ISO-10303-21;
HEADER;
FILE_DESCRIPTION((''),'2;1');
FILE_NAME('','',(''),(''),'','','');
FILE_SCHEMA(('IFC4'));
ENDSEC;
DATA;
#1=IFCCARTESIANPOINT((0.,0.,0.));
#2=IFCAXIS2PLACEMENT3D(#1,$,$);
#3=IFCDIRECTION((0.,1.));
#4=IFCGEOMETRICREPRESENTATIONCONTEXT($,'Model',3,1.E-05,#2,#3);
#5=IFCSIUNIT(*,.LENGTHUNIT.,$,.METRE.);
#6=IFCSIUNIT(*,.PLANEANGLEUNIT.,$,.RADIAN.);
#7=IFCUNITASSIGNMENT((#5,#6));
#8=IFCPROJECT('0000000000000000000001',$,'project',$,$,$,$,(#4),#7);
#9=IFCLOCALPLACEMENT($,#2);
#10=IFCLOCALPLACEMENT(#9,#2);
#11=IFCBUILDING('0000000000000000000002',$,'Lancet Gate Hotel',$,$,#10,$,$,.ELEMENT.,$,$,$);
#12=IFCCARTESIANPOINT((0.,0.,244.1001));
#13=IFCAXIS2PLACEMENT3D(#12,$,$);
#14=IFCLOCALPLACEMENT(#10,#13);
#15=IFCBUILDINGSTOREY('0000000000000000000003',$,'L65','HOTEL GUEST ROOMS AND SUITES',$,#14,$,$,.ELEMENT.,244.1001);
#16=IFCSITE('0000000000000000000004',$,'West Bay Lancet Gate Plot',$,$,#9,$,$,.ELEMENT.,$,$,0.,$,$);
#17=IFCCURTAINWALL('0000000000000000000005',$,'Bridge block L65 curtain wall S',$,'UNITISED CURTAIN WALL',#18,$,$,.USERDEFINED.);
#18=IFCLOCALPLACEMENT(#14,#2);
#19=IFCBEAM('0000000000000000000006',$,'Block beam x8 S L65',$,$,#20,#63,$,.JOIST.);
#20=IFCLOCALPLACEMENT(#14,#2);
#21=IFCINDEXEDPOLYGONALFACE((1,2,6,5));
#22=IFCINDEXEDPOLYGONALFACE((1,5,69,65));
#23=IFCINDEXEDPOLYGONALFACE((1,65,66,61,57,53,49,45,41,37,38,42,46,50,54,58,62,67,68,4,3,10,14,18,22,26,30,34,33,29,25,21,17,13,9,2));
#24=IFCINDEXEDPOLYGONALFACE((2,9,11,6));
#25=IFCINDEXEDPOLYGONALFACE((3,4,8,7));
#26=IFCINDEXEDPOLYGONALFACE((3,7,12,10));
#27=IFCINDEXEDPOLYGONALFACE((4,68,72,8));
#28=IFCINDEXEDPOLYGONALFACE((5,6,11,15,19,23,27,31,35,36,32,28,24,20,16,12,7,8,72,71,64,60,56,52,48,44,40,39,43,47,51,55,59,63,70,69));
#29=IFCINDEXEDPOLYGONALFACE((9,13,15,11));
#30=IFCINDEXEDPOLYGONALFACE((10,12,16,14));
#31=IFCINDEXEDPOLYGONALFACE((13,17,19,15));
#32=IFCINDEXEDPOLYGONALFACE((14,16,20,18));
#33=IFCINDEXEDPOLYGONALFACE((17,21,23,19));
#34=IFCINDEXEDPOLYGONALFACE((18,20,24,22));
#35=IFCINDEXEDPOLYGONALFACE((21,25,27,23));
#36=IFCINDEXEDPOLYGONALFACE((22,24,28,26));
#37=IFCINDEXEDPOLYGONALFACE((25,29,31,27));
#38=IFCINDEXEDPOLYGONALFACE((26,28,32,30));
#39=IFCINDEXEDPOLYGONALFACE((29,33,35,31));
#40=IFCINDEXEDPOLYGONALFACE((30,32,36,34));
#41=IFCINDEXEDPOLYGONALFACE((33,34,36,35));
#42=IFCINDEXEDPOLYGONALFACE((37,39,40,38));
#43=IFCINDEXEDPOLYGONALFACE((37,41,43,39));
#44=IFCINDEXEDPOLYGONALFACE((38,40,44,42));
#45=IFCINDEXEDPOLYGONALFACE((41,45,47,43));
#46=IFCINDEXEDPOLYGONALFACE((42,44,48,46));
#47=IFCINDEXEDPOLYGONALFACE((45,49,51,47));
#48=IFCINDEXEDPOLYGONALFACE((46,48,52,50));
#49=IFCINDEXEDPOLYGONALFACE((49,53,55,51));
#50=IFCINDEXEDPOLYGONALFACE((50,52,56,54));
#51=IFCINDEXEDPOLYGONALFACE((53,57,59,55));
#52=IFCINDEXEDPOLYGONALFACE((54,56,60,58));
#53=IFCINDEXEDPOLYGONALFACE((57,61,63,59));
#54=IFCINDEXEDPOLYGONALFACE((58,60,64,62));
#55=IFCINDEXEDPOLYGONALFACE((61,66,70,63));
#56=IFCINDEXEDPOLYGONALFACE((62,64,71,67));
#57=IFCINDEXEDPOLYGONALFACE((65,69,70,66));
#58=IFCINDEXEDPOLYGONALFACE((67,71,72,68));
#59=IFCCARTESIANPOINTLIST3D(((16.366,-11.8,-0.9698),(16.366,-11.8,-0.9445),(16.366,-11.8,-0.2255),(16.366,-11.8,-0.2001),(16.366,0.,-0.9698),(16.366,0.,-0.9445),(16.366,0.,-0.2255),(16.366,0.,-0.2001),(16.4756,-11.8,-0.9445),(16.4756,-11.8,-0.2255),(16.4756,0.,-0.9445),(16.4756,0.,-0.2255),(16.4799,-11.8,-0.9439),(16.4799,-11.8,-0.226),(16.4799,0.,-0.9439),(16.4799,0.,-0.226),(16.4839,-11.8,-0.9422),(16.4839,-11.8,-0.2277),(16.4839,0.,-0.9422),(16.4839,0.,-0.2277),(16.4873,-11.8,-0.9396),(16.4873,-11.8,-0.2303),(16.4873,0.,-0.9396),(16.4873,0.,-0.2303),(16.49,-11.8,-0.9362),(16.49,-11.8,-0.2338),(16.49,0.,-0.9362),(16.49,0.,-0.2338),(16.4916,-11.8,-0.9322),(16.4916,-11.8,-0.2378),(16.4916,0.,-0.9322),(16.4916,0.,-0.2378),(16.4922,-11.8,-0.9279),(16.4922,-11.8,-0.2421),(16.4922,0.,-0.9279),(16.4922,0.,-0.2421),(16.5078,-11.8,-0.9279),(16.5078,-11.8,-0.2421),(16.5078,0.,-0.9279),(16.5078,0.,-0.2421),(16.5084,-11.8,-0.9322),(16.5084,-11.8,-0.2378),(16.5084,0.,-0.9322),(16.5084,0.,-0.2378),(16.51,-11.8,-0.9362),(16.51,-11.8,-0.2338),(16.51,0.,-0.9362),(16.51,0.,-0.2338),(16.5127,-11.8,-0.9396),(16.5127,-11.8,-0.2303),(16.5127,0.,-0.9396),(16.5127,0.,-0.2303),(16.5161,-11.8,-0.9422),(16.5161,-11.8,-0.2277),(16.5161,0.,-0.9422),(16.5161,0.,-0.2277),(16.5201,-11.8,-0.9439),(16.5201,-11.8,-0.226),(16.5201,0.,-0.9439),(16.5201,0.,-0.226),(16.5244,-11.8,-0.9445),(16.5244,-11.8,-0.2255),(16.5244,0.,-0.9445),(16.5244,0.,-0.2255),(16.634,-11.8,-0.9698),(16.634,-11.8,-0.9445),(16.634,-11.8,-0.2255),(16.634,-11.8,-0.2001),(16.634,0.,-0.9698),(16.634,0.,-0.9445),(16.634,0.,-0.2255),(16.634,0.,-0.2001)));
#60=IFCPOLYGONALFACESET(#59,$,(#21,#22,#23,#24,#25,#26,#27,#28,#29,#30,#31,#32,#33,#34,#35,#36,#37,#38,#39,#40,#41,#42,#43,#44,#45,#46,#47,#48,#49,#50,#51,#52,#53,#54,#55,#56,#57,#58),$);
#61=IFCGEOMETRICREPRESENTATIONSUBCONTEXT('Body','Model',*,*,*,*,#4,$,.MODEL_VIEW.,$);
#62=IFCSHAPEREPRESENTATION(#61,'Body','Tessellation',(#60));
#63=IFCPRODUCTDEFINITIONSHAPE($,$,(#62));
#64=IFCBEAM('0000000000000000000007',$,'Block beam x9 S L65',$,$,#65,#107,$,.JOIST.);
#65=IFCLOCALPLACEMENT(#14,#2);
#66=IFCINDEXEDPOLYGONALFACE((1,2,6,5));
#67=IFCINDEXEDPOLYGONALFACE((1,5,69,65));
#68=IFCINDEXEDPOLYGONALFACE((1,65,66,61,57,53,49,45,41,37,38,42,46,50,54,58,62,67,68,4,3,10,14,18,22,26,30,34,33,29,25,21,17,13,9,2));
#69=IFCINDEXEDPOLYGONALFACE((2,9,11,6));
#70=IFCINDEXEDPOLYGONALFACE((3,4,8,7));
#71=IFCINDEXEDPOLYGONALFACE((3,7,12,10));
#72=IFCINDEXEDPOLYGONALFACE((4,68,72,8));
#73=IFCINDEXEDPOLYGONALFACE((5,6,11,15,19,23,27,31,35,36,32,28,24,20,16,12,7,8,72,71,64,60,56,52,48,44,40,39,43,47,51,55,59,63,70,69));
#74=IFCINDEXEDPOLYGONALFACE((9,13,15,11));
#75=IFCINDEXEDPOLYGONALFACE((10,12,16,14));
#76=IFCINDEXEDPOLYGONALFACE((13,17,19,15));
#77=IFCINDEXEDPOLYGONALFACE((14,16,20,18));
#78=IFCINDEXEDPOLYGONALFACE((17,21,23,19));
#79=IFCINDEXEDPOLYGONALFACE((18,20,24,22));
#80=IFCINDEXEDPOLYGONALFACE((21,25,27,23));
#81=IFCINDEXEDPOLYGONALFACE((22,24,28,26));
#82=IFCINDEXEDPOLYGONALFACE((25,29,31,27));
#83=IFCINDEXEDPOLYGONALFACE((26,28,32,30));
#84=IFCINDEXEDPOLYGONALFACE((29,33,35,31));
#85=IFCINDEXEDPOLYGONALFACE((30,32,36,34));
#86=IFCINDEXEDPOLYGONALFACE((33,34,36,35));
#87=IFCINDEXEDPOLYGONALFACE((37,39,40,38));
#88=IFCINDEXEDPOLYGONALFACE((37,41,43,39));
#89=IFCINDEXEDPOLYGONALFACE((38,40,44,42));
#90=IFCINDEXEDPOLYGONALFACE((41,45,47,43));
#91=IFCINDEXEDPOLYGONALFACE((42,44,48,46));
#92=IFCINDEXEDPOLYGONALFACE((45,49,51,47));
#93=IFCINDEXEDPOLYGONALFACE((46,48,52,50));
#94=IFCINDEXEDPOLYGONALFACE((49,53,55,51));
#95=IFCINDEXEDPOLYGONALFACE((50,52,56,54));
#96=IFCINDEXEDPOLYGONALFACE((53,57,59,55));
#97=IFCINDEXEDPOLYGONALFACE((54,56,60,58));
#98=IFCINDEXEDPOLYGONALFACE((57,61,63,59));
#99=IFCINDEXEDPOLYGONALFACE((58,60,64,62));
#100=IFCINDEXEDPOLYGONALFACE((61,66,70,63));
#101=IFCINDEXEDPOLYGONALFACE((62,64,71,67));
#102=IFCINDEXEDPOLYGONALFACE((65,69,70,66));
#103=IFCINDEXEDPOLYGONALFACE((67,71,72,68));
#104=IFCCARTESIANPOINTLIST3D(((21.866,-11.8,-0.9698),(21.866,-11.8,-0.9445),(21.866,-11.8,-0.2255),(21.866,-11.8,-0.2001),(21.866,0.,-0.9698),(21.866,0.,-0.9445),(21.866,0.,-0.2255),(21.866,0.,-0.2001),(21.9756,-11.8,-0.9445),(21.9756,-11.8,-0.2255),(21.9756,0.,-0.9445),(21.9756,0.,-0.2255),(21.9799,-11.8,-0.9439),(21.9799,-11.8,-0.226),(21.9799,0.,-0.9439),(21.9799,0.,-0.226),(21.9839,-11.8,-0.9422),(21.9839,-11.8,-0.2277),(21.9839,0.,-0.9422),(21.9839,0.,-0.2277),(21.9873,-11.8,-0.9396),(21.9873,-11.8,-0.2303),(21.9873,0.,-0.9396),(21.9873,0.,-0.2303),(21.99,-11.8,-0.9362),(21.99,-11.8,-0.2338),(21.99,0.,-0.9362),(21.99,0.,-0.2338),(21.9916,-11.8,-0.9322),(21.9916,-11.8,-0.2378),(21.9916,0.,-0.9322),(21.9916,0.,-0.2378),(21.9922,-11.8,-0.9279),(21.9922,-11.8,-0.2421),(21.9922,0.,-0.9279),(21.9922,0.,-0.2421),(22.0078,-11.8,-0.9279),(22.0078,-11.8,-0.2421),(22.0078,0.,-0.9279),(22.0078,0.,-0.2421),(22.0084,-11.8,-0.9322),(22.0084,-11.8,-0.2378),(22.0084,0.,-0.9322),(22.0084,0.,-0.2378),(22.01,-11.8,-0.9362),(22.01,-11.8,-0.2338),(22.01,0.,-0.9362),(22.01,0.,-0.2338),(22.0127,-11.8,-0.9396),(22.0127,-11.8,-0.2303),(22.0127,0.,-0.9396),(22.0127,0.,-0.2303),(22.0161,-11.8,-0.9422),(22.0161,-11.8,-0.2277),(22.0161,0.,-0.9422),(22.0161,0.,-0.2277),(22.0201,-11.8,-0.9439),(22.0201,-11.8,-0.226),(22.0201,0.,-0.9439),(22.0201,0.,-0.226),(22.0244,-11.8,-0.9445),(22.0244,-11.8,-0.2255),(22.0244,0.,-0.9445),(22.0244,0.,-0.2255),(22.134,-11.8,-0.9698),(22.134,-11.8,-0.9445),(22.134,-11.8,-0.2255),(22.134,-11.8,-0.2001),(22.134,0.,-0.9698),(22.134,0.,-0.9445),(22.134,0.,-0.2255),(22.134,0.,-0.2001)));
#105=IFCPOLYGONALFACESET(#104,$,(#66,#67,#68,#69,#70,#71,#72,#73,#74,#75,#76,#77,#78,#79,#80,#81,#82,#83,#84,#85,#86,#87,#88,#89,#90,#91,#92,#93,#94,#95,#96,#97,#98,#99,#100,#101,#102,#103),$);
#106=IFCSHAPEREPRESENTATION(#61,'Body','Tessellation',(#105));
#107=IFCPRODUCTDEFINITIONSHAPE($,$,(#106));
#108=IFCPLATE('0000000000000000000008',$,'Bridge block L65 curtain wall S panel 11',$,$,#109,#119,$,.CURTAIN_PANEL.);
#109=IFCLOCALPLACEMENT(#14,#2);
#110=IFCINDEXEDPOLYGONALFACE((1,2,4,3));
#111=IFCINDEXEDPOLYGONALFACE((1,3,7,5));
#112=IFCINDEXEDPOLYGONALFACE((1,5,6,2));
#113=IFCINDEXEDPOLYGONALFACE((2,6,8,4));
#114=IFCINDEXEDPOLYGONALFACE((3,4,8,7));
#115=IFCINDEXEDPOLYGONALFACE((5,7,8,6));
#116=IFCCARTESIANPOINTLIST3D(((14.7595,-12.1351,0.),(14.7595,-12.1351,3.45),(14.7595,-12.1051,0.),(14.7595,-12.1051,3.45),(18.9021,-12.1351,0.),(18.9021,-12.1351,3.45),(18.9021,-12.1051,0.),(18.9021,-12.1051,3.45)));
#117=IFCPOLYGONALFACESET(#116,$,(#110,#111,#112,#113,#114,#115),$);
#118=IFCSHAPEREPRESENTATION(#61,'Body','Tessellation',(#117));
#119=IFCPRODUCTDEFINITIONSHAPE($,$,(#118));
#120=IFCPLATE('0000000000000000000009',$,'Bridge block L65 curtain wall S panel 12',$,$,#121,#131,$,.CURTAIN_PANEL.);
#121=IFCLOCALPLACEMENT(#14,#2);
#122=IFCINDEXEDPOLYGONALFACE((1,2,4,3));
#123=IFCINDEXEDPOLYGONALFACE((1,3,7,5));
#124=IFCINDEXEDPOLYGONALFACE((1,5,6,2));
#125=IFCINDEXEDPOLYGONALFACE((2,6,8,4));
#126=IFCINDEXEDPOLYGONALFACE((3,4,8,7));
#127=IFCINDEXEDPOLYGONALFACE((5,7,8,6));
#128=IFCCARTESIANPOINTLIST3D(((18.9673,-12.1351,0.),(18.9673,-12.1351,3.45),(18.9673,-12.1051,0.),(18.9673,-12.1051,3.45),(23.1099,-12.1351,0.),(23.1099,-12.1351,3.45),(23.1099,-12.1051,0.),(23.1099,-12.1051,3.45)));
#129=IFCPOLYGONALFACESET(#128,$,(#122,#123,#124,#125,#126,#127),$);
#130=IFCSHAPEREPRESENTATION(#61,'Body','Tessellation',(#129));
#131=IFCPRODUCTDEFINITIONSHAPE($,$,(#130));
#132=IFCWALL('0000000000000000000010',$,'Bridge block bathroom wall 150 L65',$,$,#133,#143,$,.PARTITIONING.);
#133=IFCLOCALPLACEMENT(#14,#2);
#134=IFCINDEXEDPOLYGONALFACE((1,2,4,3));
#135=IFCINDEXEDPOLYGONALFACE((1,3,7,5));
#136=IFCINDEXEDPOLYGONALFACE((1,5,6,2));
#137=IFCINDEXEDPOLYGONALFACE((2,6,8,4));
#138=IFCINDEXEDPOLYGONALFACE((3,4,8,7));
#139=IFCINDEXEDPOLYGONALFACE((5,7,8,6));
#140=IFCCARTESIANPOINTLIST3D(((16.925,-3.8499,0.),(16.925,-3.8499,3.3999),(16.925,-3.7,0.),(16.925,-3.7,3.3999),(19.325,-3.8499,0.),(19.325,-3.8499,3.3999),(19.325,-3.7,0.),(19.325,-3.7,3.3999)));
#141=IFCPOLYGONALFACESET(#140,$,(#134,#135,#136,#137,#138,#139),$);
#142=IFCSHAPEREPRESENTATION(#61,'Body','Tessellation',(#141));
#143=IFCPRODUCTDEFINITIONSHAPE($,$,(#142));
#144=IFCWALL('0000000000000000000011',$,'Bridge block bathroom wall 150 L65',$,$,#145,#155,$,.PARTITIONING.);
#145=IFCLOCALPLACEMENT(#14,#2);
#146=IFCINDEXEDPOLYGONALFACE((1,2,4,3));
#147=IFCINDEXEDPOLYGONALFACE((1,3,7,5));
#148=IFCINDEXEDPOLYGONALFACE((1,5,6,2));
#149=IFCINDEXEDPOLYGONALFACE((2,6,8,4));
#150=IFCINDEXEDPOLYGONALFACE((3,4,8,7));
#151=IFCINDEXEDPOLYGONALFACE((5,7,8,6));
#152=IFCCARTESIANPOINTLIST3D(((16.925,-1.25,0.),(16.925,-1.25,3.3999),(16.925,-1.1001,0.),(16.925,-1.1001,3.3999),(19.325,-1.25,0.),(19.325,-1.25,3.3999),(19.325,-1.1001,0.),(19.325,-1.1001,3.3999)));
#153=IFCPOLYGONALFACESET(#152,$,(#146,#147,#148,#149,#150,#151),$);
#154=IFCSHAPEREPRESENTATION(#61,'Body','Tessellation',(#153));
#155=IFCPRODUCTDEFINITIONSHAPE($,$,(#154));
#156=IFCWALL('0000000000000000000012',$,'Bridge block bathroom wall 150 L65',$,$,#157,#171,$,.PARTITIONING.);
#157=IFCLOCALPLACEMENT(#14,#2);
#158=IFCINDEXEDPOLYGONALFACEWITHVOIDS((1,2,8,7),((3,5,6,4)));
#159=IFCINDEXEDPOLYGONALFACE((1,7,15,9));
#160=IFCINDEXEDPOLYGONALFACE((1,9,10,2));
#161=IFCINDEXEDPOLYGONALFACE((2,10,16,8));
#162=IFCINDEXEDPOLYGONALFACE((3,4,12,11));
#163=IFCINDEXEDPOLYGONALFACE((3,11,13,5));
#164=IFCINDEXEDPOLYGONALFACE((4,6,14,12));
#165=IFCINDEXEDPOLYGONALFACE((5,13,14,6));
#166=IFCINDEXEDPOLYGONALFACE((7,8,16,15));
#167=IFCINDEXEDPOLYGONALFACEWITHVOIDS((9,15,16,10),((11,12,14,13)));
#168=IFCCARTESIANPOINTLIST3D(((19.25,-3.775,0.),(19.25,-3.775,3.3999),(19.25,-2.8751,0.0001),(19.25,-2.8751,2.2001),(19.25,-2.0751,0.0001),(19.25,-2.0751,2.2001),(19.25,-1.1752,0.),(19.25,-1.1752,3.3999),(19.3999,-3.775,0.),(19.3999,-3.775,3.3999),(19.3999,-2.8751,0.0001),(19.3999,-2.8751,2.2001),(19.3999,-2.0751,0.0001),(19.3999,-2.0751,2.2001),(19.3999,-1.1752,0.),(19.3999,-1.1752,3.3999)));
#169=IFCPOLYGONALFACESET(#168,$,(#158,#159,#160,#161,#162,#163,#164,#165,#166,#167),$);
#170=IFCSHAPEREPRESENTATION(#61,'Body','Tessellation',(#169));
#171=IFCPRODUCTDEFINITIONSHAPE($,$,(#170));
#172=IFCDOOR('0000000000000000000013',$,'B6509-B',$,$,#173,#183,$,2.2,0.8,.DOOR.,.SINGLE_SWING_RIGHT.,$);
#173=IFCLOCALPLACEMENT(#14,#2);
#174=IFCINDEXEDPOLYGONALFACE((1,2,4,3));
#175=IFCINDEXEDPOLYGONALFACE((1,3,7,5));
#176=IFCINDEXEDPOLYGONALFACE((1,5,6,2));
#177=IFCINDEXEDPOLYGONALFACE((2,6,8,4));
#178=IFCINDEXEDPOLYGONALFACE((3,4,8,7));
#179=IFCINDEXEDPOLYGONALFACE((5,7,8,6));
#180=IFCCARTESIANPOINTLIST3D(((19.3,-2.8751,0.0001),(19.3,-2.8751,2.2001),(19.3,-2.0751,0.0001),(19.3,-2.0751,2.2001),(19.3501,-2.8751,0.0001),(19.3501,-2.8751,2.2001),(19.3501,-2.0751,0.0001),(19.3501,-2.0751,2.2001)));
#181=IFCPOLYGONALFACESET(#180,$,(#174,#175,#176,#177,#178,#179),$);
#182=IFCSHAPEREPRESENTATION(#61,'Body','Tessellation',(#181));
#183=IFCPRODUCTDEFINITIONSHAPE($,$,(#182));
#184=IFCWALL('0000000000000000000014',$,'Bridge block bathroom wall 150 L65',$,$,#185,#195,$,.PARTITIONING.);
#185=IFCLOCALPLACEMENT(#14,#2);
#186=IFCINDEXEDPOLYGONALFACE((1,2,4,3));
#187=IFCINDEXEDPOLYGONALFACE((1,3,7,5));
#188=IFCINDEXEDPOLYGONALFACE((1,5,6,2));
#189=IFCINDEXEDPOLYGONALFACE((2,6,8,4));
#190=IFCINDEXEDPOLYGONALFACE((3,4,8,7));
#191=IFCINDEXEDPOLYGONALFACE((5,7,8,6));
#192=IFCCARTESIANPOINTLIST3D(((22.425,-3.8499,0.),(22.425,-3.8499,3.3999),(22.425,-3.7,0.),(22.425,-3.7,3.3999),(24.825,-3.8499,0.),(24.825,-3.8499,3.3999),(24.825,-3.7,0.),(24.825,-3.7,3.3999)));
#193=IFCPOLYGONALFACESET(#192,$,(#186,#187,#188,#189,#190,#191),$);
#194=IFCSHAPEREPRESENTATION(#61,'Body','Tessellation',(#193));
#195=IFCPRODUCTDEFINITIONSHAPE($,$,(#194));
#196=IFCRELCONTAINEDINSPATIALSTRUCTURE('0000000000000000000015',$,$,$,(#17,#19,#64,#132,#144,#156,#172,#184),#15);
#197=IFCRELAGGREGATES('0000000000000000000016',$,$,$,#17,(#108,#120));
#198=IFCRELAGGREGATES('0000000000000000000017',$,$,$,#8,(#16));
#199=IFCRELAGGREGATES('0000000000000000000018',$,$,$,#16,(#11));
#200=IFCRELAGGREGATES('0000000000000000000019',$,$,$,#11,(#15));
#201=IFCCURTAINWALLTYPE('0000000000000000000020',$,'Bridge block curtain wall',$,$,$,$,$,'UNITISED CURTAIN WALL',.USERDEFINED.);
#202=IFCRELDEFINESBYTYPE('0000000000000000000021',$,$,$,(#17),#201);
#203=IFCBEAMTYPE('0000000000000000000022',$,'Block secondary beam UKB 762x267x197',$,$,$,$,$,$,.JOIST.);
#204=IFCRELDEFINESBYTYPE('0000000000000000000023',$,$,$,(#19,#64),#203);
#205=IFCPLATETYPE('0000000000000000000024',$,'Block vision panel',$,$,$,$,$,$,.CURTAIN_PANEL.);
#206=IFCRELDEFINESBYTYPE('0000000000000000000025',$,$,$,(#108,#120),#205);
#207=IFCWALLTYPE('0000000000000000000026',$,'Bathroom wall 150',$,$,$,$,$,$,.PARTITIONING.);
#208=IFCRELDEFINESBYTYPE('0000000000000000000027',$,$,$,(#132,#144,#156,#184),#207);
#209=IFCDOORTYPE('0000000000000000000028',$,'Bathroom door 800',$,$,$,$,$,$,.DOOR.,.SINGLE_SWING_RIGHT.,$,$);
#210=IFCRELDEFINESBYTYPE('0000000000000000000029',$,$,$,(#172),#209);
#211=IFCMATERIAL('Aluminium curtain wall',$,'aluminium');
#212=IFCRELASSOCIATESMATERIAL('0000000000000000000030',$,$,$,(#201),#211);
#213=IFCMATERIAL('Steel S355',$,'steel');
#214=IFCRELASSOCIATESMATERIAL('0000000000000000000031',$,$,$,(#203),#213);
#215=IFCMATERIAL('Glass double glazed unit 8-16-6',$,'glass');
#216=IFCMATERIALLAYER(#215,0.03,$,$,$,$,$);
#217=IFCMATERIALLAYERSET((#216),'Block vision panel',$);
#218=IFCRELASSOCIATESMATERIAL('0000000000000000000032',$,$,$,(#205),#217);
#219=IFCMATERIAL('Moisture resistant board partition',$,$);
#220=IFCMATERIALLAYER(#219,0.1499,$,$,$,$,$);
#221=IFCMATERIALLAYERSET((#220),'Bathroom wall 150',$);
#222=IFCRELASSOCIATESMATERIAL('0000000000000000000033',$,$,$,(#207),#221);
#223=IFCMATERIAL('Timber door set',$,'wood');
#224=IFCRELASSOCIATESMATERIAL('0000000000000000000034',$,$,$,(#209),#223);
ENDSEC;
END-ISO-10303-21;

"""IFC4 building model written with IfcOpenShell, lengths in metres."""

from ifc_helpers import new_model, si_unit, direction, frame, frame_2d, origin, origin_2d, place, context, subcontext, project, spatial, rectangle, i_section, extrude, material, layer, layer_set, material_profile, profile_set, type_object, element, fill, aggregate, save


model = new_model("IFC4")

# Units and contexts
model_context = context("Model", 3, precision=1e-05, world=origin(), true_north=direction((0.0, 1.0)))
body_context = subcontext(model_context, "Body", "Model", "MODEL_VIEW")
ifc_project = project(units=[si_unit("LENGTHUNIT", "METRE"), si_unit("PLANEANGLEUNIT", "RADIAN")], contexts=[model_context])

# Site, building, storey
site_placement = place(None, origin())
site = spatial("IfcSite", under=ifc_project, at=site_placement, Name="West Bay Lancet Gate Plot", CompositionType="ELEMENT", RefElevation=0.0)
building_placement = place(site_placement, origin())
building = spatial("IfcBuilding", under=site, at=building_placement, Name="Lancet Gate Hotel", CompositionType="ELEMENT")
storey_placement = place(building_placement, frame((0.0, 0.0, 244.1001)))
storey = spatial("IfcBuildingStorey", under=building, at=storey_placement, Name="L65", Description="HOTEL GUEST ROOMS AND SUITES", CompositionType="ELEMENT", Elevation=244.1001)

# Curtain wall
ifc_material_1 = material(Name="Aluminium curtain wall", Category="aluminium")
curtain_wall_type = type_object("IfcCurtainWallType", Name="Bridge block curtain wall", ElementType="UNITISED CURTAIN WALL", PredefinedType="USERDEFINED", material=ifc_material_1)
curtain_wall_placement = place(storey_placement, origin())
curtain_wall = element("IfcCurtainWall", 1, at=curtain_wall_placement, inside=storey, type_object=curtain_wall_type, Name="Bridge block L65 curtain wall S", ObjectType="UNITISED CURTAIN WALL", PredefinedType="USERDEFINED")

# Beams
ifc_material_2 = material(Name="Steel S355", Category="steel")
ifc_material_profile_1 = material_profile(ifc_material_2, i_section(OverallWidth=0.2681, OverallDepth=0.7698, WebThickness=0.0156, FlangeThickness=0.0254, FilletRadius=0.0166, at=origin_2d()), Name="UKB 762x267x197")
ifc_profile_set_1 = profile_set([ifc_material_profile_1], Name="Steel S355")
beam_type_1 = type_object("IfcBeamType", Name="Block secondary beam UKB 762x267x197", PredefinedType="JOIST", material=ifc_profile_set_1)
for number, where, z_axis, x_axis, name in (
    (2, (16.5, -11.8, -0.585), (0.0, 1.0, 0.0), (-1.0, 0.0, 0.0), "Block beam x8 S L65"),
    (3, (22.0, -11.8, -0.585), (0.0, 1.0, 0.0), (-1.0, 0.0, 0.0), "Block beam x9 S L65"),
):
    element("IfcBeam", number, at=place(storey_placement, frame(where, z_axis=z_axis, x_axis=x_axis)), inside=storey, type_object=beam_type_1, Name=name, PredefinedType="JOIST", context=body_context, shape_type="SweptSolid", body=[
        extrude(i_section(OverallWidth=0.2681, OverallDepth=0.7698, WebThickness=0.0156, FlangeThickness=0.0254, FilletRadius=0.0166, at=origin_2d()), origin(), (0.0, 0.0, 1.0), 11.8),
    ])

# Plates
ifc_material_3 = material(Name="Glass double glazed unit 8-16-6", Category="glass")
ifc_layer_1 = layer(ifc_material_3, 0.03)
ifc_layer_set_1 = layer_set([ifc_layer_1], Name="Block vision panel")
plate_type = type_object("IfcPlateType", Name="Block vision panel", PredefinedType="CURTAIN_PANEL", material=ifc_layer_set_1)
plate_1_placement = place(storey_placement, frame((16.8308, -12.1201, 0.0), z_axis=(0.0, 0.0, 1.0), x_axis=(1.0, 0.0, 0.0)))
plate_1 = element("IfcPlate", 4, at=plate_1_placement, type_object=plate_type, Name="Bridge block L65 curtain wall S panel 11", PredefinedType="CURTAIN_PANEL", context=body_context, shape_type="SweptSolid", body=[
    extrude(rectangle(XDim=4.1426, YDim=0.03, at=origin_2d()), origin(), (0.0, 0.0, 1.0), 3.45),
])
plate_2_placement = place(storey_placement, frame((21.0386, -12.1201, 0.0), z_axis=(0.0, 0.0, 1.0), x_axis=(1.0, 0.0, 0.0)))
plate_2 = element("IfcPlate", 5, at=plate_2_placement, type_object=plate_type, Name="Bridge block L65 curtain wall S panel 12", PredefinedType="CURTAIN_PANEL", context=body_context, shape_type="SweptSolid", body=[
    extrude(rectangle(XDim=4.1426, YDim=0.03, at=origin_2d()), origin(), (0.0, 0.0, 1.0), 3.45),
])
aggregate(curtain_wall, [plate_1, plate_2])

# Walls
ifc_material_4 = material(Name="Moisture resistant board partition")
ifc_layer_2 = layer(ifc_material_4, 0.1499)
ifc_layer_set_2 = layer_set([ifc_layer_2], Name="Bathroom wall 150")
wall_type_1 = type_object("IfcWallType", Name="Bathroom wall 150", PredefinedType="PARTITIONING", material=ifc_layer_set_2)
for number, where, z_axis, x_axis, name in (
    (6, (16.925, -3.7749, 0.0), (0.0, 0.0, 1.0), (1.0, 0.0, 0.0), "Bridge block bathroom wall 150 L65"),
    (7, (16.925, -1.175, 0.0), (0.0, 0.0, 1.0), (1.0, 0.0, 0.0), "Bridge block bathroom wall 150 L65"),
):
    element("IfcWall", number, at=place(storey_placement, frame(where, z_axis=z_axis, x_axis=x_axis)), inside=storey, type_object=wall_type_1, Name=name, PredefinedType="PARTITIONING", context=body_context, shape_type="SweptSolid", body=[
        extrude(rectangle(XDim=2.3999, YDim=0.1499, at=frame_2d((1.2, 0.0))), origin(), (0.0, 0.0, 1.0), 3.3999),
    ])

# Wall, opening, door
wall_1_placement = place(storey_placement, frame((19.325, -3.7749, 0.0), z_axis=(0.0, 0.0, 1.0), x_axis=(0.0, 1.0, 0.0)))
wall_1 = element("IfcWall", 8, at=wall_1_placement, inside=storey, type_object=wall_type_1, Name="Bridge block bathroom wall 150 L65", PredefinedType="PARTITIONING", context=body_context, shape_type="SweptSolid", body=[
    extrude(rectangle(XDim=2.5999, YDim=0.1499, at=frame_2d((1.2998, 0.0))), origin(), (0.0, 0.0, 1.0), 3.3999),
])
opening_placement = place(wall_1_placement, frame((0.8999, 0.0, 0.0)))
opening = element("IfcOpeningElement", 9, at=opening_placement, cuts=wall_1, PredefinedType="OPENING", context=body_context, shape_type="SweptSolid", body=[
    extrude(rectangle(XDim=0.8, YDim=2.2, at=frame_2d((0.3999, 1.1001))), frame((0.0, 0.085, 0.0), z_axis=(0.0, -1.0, 0.0), x_axis=(1.0, 0.0, 0.0)), (0.0, 0.0, 1.0), 0.1699),
])
ifc_material_5 = material(Name="Timber door set", Category="wood")
door_type = type_object("IfcDoorType", Name="Bathroom door 800", OperationType="SINGLE_SWING_RIGHT", PredefinedType="DOOR", material=ifc_material_5)
door_placement = place(opening_placement, origin())
door = element("IfcDoor", 10, at=door_placement, inside=storey, type_object=door_type, Name="B6509-B", OperationType="SINGLE_SWING_RIGHT", OverallHeight=2.2, OverallWidth=0.8, PredefinedType="DOOR", context=body_context, shape_type="SweptSolid", body=[
    extrude(rectangle(XDim=0.8, YDim=2.2, at=frame_2d((0.3999, 1.1001))), frame((0.0, 0.0249, 0.0), z_axis=(0.0, -1.0, 0.0), x_axis=(1.0, 0.0, 0.0)), (0.0, 0.0, 1.0), 0.05),
])
fill(opening, door)

# Wall
wall_2_placement = place(storey_placement, frame((22.425, -3.7749, 0.0), z_axis=(0.0, 0.0, 1.0), x_axis=(1.0, 0.0, 0.0)))
element("IfcWall", 11, at=wall_2_placement, inside=storey, type_object=wall_type_1, Name="Bridge block bathroom wall 150 L65", PredefinedType="PARTITIONING", context=body_context, shape_type="SweptSolid", body=[
    extrude(rectangle(XDim=2.3999, YDim=0.1499, at=frame_2d((1.2, 0.0))), origin(), (0.0, 0.0, 1.0), 3.3999),
])

save(model, "model.ifc")
